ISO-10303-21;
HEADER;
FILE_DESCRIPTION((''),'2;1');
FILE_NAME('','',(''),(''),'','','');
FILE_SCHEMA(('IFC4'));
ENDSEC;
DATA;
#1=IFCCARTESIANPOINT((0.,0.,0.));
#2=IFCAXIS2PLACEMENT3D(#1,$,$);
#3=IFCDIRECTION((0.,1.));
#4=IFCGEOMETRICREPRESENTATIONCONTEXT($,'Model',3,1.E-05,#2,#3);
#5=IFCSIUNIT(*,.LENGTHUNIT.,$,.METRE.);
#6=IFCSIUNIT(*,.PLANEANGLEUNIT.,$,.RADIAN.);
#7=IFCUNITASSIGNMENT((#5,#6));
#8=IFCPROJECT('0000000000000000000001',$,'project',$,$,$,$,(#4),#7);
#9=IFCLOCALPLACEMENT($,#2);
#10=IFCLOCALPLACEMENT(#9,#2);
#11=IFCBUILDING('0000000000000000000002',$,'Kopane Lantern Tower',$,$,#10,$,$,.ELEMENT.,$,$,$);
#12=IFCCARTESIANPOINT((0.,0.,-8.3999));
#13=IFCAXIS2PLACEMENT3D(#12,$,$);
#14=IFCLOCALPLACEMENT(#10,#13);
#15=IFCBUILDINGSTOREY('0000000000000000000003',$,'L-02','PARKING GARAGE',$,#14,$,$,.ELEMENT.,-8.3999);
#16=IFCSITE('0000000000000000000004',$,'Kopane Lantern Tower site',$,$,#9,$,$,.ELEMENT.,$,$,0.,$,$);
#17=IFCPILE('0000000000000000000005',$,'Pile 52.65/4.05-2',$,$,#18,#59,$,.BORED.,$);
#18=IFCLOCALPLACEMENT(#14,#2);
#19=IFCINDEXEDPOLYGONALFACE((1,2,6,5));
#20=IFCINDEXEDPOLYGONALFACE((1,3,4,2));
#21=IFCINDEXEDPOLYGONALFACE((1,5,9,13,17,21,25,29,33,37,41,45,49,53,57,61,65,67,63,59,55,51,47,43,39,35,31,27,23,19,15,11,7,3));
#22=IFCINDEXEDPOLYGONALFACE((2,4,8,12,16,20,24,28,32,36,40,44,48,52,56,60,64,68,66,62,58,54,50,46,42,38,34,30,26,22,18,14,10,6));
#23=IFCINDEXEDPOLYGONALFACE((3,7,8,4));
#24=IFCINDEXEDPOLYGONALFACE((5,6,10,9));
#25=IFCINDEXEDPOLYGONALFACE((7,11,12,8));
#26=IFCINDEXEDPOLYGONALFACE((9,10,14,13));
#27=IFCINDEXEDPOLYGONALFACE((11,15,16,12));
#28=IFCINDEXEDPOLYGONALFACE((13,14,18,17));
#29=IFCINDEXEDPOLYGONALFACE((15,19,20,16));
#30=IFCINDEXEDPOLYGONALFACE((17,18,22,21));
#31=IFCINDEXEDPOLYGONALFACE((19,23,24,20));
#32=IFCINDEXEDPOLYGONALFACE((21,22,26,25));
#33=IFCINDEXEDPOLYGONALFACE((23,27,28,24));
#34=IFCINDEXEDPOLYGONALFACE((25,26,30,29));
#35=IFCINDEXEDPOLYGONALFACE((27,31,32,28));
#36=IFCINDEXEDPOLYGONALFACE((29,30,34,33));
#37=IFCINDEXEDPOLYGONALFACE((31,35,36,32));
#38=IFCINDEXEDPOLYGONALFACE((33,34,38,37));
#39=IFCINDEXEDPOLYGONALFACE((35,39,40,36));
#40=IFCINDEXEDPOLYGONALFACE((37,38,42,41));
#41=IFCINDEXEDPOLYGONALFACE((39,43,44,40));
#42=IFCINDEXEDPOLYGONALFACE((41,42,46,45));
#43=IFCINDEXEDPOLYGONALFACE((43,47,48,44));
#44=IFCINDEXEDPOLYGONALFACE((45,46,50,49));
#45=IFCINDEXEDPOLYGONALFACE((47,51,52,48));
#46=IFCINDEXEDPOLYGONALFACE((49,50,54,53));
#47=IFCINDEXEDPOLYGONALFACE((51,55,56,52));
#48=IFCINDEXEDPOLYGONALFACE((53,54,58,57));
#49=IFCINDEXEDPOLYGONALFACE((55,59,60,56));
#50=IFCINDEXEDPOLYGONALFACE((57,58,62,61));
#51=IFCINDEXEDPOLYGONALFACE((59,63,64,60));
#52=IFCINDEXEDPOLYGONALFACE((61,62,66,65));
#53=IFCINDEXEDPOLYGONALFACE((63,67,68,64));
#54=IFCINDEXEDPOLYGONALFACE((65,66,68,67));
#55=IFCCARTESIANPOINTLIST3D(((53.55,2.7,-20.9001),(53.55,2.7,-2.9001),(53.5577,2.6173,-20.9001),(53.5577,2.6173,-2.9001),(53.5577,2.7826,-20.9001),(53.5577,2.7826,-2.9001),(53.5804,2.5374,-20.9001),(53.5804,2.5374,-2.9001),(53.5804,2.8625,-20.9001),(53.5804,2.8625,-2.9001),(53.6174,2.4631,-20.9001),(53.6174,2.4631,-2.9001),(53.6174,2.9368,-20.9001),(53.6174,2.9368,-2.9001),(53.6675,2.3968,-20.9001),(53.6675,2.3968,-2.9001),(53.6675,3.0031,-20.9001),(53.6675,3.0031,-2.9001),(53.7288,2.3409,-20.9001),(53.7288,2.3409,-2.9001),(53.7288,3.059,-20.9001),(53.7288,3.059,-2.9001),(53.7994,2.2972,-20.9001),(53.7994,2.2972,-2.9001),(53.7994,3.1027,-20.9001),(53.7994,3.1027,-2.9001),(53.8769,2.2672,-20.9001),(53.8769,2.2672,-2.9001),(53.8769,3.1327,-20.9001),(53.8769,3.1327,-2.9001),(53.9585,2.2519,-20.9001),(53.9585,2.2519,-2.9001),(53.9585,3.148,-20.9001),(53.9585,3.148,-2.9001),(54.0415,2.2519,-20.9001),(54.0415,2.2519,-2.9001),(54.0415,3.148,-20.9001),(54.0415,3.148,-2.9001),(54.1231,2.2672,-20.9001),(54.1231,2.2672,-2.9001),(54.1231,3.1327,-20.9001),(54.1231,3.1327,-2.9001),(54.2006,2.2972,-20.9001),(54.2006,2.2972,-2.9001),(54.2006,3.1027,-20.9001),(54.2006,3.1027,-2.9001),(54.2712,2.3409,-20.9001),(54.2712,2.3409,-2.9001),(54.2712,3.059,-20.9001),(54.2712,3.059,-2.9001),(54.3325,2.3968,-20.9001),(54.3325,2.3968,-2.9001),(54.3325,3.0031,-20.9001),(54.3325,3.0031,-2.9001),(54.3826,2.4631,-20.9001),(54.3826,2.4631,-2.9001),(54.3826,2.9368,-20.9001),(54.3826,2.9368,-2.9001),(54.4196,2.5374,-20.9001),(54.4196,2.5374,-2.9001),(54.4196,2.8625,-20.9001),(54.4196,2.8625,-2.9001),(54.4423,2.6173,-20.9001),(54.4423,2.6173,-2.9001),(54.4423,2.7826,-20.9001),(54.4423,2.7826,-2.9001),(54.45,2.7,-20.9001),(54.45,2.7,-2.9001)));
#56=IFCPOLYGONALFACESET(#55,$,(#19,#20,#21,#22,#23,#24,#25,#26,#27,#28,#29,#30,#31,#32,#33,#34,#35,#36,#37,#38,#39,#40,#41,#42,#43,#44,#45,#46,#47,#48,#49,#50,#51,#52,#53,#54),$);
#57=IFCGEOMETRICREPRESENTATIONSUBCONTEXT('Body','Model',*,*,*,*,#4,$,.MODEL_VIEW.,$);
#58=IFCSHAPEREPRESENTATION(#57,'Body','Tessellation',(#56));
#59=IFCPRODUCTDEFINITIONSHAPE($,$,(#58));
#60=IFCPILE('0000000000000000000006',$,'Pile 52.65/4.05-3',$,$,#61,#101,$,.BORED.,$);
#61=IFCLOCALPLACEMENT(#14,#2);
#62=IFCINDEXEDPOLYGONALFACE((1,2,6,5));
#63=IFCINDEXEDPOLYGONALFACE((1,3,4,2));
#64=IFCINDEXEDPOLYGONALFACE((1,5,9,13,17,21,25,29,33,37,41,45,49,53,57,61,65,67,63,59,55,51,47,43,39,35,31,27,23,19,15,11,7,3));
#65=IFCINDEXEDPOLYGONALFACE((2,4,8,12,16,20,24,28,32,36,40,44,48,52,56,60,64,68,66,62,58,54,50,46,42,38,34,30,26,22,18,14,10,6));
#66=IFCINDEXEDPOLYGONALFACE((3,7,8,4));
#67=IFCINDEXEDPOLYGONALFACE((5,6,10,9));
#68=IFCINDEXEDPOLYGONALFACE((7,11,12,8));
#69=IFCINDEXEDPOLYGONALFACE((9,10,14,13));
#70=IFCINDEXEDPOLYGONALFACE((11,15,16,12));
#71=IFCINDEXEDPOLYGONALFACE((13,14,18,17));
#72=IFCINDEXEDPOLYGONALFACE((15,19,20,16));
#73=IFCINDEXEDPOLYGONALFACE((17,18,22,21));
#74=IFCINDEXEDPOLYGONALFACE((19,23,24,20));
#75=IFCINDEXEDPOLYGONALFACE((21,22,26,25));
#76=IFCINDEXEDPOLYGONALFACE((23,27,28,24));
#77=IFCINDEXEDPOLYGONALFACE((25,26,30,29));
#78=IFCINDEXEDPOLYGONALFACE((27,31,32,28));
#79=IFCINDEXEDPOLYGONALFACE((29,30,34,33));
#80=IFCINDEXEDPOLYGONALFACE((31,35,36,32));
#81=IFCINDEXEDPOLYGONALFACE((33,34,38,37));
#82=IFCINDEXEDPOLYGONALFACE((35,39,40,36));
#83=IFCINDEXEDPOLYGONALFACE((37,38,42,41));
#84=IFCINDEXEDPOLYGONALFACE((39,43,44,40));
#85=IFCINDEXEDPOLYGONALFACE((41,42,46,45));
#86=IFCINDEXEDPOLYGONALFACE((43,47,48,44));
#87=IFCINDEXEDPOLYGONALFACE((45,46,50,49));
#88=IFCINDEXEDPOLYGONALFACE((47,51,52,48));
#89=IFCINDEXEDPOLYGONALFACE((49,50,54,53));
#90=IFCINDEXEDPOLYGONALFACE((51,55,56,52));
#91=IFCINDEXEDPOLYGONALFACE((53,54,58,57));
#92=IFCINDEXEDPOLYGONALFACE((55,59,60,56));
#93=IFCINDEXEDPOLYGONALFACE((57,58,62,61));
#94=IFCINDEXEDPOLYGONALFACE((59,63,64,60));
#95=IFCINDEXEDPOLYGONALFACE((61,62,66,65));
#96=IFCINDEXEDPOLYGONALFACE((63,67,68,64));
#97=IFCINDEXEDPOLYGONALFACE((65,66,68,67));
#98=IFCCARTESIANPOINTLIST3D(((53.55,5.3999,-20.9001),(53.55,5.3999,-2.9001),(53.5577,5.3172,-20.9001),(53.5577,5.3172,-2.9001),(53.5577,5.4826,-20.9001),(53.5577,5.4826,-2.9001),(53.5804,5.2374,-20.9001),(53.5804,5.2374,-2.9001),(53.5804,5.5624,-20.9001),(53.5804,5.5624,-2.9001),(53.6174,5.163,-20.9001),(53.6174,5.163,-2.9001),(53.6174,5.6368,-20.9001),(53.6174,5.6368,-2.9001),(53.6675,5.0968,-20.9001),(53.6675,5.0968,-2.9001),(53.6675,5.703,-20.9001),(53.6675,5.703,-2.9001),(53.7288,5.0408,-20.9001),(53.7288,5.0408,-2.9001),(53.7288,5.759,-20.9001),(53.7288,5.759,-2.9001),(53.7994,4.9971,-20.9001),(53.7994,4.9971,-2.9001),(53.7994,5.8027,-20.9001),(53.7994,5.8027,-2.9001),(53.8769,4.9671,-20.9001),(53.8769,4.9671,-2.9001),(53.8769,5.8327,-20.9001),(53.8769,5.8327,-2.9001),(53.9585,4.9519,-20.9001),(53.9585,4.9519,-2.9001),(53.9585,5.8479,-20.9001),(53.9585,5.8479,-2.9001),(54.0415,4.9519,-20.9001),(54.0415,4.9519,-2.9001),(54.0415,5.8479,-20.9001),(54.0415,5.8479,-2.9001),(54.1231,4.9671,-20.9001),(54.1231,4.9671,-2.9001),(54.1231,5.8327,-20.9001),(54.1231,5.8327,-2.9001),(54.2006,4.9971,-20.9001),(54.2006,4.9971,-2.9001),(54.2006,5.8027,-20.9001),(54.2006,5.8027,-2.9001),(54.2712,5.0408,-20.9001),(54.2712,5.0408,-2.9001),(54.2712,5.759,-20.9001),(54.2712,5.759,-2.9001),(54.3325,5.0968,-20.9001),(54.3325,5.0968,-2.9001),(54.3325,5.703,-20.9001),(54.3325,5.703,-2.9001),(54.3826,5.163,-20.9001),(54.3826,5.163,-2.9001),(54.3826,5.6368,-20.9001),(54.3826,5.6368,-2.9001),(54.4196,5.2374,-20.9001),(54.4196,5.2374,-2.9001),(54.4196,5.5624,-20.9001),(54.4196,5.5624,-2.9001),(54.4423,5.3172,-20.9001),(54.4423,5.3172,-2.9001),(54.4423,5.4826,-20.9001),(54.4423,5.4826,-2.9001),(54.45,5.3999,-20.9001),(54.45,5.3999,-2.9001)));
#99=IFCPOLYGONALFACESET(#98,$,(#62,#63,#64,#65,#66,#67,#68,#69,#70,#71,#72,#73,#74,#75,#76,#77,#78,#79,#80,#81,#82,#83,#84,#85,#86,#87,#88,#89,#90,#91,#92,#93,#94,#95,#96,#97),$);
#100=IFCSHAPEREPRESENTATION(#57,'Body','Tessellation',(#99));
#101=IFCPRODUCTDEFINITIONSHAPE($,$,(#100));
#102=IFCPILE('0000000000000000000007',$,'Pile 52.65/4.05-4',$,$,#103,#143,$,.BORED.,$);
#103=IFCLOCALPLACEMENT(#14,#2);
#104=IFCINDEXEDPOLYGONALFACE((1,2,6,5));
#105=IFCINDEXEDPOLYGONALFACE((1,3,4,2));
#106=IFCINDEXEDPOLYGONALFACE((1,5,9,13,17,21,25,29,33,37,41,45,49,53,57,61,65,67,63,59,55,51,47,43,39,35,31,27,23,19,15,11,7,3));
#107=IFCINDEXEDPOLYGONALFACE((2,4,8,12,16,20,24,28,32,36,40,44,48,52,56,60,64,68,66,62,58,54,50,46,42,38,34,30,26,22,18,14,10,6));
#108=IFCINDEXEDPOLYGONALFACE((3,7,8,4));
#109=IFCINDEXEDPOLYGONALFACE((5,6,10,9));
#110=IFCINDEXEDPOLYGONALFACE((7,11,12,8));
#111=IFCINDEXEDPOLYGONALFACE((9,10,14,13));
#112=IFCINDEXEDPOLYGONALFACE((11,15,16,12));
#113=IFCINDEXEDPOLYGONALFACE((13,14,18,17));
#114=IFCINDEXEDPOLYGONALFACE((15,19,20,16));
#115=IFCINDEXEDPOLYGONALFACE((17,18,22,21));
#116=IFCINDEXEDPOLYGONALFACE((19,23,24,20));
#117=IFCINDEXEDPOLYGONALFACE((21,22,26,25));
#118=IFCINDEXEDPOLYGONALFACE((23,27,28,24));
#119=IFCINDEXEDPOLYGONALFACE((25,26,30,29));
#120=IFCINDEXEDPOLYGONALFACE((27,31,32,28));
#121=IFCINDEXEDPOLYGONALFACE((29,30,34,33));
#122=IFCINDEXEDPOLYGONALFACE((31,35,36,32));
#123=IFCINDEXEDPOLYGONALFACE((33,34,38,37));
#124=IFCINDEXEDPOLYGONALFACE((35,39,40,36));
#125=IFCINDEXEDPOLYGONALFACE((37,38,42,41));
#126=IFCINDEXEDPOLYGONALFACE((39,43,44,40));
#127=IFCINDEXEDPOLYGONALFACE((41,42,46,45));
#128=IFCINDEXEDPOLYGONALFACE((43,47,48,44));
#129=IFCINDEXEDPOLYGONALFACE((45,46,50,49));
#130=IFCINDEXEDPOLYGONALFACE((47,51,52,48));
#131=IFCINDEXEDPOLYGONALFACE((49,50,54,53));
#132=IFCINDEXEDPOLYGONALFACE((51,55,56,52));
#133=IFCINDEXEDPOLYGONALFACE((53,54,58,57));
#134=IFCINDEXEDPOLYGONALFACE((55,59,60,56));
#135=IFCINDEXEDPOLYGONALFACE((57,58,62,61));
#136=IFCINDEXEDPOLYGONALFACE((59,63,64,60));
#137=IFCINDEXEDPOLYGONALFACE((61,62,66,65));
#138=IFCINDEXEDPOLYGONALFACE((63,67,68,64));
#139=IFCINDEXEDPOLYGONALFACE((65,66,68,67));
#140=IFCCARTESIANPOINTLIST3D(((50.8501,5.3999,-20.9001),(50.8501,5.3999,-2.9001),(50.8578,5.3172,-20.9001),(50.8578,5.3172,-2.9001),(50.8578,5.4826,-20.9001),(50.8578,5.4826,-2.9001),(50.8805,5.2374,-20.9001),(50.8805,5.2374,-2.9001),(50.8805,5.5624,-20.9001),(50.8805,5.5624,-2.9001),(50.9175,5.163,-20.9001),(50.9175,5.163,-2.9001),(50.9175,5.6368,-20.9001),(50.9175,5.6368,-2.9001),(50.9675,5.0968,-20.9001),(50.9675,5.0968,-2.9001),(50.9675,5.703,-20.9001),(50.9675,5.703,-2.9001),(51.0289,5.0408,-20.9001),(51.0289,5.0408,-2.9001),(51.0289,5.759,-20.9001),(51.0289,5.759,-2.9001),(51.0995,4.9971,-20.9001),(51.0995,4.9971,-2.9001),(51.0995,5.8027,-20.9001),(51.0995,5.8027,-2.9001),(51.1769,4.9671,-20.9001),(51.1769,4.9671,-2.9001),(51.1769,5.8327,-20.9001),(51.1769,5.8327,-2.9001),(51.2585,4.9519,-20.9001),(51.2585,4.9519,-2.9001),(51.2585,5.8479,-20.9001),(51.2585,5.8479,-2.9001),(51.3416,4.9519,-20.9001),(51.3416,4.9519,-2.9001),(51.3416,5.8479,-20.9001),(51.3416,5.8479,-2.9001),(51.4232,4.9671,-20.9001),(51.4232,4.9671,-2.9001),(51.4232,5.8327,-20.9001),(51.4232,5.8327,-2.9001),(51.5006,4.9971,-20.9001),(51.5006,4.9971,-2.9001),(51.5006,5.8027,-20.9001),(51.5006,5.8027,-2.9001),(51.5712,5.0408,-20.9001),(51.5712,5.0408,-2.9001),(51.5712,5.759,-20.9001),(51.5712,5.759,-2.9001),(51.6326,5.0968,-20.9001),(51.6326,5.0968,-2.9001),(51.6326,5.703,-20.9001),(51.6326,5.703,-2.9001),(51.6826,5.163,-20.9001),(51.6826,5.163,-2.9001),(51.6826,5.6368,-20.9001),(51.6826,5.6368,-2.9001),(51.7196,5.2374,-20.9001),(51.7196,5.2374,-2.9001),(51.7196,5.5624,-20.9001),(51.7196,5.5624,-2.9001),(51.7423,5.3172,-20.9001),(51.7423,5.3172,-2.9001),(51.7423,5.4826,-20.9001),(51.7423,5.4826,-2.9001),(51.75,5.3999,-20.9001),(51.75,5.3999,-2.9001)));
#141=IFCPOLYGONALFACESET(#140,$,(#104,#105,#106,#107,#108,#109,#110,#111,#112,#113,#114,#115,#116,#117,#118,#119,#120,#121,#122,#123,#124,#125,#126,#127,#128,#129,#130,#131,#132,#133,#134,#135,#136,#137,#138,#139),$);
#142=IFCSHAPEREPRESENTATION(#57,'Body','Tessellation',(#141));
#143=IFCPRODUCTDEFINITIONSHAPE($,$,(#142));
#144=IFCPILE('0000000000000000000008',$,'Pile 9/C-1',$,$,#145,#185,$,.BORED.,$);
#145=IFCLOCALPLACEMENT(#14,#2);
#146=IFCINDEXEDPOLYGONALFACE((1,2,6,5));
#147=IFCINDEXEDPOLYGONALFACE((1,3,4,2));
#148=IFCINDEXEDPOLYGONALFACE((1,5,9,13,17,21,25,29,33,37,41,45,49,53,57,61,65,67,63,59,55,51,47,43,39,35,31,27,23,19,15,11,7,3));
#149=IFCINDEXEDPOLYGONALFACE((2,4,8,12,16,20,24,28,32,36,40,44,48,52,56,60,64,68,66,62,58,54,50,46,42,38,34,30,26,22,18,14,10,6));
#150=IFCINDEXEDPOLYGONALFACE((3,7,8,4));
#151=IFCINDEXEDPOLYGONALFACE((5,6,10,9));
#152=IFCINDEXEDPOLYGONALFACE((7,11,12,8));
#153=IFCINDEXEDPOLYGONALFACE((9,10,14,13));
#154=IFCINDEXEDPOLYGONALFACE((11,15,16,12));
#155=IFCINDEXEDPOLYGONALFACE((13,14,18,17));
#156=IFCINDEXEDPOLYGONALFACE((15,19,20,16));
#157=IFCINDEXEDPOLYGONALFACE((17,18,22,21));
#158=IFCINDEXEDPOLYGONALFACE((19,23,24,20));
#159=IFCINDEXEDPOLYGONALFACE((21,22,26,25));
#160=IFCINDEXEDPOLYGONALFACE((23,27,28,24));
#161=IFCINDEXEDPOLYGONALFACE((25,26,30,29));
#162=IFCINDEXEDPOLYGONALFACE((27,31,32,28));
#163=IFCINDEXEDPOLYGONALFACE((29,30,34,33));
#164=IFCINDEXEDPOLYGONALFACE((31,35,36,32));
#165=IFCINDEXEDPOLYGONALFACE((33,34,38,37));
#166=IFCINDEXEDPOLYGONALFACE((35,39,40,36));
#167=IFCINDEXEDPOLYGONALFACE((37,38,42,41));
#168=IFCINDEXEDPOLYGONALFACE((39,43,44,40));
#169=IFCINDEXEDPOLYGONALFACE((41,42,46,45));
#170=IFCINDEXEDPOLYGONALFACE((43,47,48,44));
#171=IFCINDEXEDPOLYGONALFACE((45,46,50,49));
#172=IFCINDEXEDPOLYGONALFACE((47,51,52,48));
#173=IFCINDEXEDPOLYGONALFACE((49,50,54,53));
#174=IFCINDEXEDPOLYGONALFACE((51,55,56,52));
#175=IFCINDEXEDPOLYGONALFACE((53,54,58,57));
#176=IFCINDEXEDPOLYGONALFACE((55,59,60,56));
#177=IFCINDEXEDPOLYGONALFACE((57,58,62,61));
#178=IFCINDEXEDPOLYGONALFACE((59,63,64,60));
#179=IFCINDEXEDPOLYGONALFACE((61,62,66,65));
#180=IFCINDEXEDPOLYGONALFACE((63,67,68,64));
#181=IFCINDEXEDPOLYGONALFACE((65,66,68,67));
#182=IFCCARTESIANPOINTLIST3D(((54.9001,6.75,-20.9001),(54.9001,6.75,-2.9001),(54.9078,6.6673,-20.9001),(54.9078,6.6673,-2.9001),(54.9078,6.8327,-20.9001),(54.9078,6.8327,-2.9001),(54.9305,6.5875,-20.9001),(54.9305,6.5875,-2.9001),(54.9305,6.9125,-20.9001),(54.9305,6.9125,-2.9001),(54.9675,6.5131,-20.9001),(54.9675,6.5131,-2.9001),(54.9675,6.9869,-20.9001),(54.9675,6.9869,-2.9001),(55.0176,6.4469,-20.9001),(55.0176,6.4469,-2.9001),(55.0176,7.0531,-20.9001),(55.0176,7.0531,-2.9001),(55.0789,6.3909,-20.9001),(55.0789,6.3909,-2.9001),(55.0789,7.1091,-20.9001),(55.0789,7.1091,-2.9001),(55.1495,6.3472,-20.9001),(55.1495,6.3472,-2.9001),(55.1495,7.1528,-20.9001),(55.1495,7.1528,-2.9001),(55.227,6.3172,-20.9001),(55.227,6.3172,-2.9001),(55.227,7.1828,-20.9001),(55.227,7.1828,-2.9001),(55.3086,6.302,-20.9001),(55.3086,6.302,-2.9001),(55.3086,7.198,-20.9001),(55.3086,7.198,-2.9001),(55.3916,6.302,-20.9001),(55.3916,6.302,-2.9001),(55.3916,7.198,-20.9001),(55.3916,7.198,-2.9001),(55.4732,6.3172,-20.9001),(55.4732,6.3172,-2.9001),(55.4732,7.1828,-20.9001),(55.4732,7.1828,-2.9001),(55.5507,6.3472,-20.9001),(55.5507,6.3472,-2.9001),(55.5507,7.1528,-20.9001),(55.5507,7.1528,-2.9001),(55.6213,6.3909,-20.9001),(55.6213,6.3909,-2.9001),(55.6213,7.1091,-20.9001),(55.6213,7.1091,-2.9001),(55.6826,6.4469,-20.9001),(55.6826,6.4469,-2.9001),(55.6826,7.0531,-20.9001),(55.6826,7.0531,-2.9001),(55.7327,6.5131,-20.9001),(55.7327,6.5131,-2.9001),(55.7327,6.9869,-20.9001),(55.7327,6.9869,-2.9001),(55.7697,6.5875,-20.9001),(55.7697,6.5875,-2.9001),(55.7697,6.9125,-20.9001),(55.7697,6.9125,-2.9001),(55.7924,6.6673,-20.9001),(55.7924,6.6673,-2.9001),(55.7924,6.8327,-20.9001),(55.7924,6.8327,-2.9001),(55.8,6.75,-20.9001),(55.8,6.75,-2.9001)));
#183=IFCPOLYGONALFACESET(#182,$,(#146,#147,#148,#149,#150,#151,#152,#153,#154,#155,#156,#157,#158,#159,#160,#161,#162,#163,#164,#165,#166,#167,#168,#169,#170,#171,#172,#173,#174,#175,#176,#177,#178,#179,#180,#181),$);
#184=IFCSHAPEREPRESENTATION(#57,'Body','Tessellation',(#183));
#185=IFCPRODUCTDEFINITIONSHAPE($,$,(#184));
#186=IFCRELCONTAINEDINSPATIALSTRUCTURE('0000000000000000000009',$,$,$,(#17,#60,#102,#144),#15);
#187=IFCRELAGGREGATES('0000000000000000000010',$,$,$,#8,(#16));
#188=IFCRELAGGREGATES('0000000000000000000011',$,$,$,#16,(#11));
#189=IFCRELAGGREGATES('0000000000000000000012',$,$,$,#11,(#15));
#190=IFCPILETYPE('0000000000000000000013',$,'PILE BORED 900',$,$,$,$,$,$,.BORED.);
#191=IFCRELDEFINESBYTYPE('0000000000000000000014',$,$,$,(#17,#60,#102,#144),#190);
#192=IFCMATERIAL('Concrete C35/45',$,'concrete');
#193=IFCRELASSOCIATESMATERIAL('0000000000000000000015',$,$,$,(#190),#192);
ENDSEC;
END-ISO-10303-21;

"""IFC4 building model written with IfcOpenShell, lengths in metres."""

from ifc_helpers import new_model, si_unit, direction, frame, origin, origin_2d, place, context, subcontext, project, spatial, circle, extrude, material, material_profile, profile_set, type_object, element, save


model = new_model("IFC4")

# Units and contexts
model_context = context("Model", 3, precision=1e-05, world=origin(), true_north=direction((0.0, 1.0)))
body_context = subcontext(model_context, "Body", "Model", "MODEL_VIEW")
ifc_project = project(units=[si_unit("LENGTHUNIT", "METRE"), si_unit("PLANEANGLEUNIT", "RADIAN")], contexts=[model_context])

# Site, building, storey
site_placement = place(None, origin())
site = spatial("IfcSite", under=ifc_project, at=site_placement, Name="Kopane Lantern Tower site", CompositionType="ELEMENT", RefElevation=0.0)
building_placement = place(site_placement, origin())
building = spatial("IfcBuilding", under=site, at=building_placement, Name="Kopane Lantern Tower", CompositionType="ELEMENT")
storey_placement = place(building_placement, frame((0.0, 0.0, -8.3999)))
storey = spatial("IfcBuildingStorey", under=building, at=storey_placement, Name="L-02", Description="PARKING GARAGE", CompositionType="ELEMENT", Elevation=-8.3999)

# Piles
ifc_material_1 = material(Name="Concrete C35/45", Category="concrete")
ifc_material_profile_1 = material_profile(ifc_material_1, circle(Radius=0.45, at=origin_2d()), Name="D900")
ifc_profile_set_1 = profile_set([ifc_material_profile_1], Name="Concrete C35/45")
pile_type = type_object("IfcPileType", Name="PILE BORED 900", PredefinedType="BORED", material=ifc_profile_set_1)
for number, where, z_axis, x_axis, name in (
    (1, (54.0, 2.7, -2.9001), (0.0, 0.0, -1.0), (1.0, 0.0, 0.0), "Pile 52.65/4.05-2"),
    (2, (54.0, 5.3999, -2.9001), (0.0, 0.0, -1.0), (1.0, 0.0, 0.0), "Pile 52.65/4.05-3"),
    (3, (51.3, 5.3999, -2.9001), (0.0, 0.0, -1.0), (1.0, 0.0, 0.0), "Pile 52.65/4.05-4"),
    (4, (55.3501, 6.75, -2.9001), (0.0, 0.0, -1.0), (1.0, 0.0, 0.0), "Pile 9/C-1"),
):
    element("IfcPile", number, at=place(storey_placement, frame(where, z_axis=z_axis, x_axis=x_axis)), inside=storey, type_object=pile_type, Name=name, PredefinedType="BORED", context=body_context, shape_type="SweptSolid", body=[
        extrude(circle(Radius=0.45, at=origin_2d()), origin(), (0.0, 0.0, 1.0), 18.0),
    ])

save(model, "model.ifc")
